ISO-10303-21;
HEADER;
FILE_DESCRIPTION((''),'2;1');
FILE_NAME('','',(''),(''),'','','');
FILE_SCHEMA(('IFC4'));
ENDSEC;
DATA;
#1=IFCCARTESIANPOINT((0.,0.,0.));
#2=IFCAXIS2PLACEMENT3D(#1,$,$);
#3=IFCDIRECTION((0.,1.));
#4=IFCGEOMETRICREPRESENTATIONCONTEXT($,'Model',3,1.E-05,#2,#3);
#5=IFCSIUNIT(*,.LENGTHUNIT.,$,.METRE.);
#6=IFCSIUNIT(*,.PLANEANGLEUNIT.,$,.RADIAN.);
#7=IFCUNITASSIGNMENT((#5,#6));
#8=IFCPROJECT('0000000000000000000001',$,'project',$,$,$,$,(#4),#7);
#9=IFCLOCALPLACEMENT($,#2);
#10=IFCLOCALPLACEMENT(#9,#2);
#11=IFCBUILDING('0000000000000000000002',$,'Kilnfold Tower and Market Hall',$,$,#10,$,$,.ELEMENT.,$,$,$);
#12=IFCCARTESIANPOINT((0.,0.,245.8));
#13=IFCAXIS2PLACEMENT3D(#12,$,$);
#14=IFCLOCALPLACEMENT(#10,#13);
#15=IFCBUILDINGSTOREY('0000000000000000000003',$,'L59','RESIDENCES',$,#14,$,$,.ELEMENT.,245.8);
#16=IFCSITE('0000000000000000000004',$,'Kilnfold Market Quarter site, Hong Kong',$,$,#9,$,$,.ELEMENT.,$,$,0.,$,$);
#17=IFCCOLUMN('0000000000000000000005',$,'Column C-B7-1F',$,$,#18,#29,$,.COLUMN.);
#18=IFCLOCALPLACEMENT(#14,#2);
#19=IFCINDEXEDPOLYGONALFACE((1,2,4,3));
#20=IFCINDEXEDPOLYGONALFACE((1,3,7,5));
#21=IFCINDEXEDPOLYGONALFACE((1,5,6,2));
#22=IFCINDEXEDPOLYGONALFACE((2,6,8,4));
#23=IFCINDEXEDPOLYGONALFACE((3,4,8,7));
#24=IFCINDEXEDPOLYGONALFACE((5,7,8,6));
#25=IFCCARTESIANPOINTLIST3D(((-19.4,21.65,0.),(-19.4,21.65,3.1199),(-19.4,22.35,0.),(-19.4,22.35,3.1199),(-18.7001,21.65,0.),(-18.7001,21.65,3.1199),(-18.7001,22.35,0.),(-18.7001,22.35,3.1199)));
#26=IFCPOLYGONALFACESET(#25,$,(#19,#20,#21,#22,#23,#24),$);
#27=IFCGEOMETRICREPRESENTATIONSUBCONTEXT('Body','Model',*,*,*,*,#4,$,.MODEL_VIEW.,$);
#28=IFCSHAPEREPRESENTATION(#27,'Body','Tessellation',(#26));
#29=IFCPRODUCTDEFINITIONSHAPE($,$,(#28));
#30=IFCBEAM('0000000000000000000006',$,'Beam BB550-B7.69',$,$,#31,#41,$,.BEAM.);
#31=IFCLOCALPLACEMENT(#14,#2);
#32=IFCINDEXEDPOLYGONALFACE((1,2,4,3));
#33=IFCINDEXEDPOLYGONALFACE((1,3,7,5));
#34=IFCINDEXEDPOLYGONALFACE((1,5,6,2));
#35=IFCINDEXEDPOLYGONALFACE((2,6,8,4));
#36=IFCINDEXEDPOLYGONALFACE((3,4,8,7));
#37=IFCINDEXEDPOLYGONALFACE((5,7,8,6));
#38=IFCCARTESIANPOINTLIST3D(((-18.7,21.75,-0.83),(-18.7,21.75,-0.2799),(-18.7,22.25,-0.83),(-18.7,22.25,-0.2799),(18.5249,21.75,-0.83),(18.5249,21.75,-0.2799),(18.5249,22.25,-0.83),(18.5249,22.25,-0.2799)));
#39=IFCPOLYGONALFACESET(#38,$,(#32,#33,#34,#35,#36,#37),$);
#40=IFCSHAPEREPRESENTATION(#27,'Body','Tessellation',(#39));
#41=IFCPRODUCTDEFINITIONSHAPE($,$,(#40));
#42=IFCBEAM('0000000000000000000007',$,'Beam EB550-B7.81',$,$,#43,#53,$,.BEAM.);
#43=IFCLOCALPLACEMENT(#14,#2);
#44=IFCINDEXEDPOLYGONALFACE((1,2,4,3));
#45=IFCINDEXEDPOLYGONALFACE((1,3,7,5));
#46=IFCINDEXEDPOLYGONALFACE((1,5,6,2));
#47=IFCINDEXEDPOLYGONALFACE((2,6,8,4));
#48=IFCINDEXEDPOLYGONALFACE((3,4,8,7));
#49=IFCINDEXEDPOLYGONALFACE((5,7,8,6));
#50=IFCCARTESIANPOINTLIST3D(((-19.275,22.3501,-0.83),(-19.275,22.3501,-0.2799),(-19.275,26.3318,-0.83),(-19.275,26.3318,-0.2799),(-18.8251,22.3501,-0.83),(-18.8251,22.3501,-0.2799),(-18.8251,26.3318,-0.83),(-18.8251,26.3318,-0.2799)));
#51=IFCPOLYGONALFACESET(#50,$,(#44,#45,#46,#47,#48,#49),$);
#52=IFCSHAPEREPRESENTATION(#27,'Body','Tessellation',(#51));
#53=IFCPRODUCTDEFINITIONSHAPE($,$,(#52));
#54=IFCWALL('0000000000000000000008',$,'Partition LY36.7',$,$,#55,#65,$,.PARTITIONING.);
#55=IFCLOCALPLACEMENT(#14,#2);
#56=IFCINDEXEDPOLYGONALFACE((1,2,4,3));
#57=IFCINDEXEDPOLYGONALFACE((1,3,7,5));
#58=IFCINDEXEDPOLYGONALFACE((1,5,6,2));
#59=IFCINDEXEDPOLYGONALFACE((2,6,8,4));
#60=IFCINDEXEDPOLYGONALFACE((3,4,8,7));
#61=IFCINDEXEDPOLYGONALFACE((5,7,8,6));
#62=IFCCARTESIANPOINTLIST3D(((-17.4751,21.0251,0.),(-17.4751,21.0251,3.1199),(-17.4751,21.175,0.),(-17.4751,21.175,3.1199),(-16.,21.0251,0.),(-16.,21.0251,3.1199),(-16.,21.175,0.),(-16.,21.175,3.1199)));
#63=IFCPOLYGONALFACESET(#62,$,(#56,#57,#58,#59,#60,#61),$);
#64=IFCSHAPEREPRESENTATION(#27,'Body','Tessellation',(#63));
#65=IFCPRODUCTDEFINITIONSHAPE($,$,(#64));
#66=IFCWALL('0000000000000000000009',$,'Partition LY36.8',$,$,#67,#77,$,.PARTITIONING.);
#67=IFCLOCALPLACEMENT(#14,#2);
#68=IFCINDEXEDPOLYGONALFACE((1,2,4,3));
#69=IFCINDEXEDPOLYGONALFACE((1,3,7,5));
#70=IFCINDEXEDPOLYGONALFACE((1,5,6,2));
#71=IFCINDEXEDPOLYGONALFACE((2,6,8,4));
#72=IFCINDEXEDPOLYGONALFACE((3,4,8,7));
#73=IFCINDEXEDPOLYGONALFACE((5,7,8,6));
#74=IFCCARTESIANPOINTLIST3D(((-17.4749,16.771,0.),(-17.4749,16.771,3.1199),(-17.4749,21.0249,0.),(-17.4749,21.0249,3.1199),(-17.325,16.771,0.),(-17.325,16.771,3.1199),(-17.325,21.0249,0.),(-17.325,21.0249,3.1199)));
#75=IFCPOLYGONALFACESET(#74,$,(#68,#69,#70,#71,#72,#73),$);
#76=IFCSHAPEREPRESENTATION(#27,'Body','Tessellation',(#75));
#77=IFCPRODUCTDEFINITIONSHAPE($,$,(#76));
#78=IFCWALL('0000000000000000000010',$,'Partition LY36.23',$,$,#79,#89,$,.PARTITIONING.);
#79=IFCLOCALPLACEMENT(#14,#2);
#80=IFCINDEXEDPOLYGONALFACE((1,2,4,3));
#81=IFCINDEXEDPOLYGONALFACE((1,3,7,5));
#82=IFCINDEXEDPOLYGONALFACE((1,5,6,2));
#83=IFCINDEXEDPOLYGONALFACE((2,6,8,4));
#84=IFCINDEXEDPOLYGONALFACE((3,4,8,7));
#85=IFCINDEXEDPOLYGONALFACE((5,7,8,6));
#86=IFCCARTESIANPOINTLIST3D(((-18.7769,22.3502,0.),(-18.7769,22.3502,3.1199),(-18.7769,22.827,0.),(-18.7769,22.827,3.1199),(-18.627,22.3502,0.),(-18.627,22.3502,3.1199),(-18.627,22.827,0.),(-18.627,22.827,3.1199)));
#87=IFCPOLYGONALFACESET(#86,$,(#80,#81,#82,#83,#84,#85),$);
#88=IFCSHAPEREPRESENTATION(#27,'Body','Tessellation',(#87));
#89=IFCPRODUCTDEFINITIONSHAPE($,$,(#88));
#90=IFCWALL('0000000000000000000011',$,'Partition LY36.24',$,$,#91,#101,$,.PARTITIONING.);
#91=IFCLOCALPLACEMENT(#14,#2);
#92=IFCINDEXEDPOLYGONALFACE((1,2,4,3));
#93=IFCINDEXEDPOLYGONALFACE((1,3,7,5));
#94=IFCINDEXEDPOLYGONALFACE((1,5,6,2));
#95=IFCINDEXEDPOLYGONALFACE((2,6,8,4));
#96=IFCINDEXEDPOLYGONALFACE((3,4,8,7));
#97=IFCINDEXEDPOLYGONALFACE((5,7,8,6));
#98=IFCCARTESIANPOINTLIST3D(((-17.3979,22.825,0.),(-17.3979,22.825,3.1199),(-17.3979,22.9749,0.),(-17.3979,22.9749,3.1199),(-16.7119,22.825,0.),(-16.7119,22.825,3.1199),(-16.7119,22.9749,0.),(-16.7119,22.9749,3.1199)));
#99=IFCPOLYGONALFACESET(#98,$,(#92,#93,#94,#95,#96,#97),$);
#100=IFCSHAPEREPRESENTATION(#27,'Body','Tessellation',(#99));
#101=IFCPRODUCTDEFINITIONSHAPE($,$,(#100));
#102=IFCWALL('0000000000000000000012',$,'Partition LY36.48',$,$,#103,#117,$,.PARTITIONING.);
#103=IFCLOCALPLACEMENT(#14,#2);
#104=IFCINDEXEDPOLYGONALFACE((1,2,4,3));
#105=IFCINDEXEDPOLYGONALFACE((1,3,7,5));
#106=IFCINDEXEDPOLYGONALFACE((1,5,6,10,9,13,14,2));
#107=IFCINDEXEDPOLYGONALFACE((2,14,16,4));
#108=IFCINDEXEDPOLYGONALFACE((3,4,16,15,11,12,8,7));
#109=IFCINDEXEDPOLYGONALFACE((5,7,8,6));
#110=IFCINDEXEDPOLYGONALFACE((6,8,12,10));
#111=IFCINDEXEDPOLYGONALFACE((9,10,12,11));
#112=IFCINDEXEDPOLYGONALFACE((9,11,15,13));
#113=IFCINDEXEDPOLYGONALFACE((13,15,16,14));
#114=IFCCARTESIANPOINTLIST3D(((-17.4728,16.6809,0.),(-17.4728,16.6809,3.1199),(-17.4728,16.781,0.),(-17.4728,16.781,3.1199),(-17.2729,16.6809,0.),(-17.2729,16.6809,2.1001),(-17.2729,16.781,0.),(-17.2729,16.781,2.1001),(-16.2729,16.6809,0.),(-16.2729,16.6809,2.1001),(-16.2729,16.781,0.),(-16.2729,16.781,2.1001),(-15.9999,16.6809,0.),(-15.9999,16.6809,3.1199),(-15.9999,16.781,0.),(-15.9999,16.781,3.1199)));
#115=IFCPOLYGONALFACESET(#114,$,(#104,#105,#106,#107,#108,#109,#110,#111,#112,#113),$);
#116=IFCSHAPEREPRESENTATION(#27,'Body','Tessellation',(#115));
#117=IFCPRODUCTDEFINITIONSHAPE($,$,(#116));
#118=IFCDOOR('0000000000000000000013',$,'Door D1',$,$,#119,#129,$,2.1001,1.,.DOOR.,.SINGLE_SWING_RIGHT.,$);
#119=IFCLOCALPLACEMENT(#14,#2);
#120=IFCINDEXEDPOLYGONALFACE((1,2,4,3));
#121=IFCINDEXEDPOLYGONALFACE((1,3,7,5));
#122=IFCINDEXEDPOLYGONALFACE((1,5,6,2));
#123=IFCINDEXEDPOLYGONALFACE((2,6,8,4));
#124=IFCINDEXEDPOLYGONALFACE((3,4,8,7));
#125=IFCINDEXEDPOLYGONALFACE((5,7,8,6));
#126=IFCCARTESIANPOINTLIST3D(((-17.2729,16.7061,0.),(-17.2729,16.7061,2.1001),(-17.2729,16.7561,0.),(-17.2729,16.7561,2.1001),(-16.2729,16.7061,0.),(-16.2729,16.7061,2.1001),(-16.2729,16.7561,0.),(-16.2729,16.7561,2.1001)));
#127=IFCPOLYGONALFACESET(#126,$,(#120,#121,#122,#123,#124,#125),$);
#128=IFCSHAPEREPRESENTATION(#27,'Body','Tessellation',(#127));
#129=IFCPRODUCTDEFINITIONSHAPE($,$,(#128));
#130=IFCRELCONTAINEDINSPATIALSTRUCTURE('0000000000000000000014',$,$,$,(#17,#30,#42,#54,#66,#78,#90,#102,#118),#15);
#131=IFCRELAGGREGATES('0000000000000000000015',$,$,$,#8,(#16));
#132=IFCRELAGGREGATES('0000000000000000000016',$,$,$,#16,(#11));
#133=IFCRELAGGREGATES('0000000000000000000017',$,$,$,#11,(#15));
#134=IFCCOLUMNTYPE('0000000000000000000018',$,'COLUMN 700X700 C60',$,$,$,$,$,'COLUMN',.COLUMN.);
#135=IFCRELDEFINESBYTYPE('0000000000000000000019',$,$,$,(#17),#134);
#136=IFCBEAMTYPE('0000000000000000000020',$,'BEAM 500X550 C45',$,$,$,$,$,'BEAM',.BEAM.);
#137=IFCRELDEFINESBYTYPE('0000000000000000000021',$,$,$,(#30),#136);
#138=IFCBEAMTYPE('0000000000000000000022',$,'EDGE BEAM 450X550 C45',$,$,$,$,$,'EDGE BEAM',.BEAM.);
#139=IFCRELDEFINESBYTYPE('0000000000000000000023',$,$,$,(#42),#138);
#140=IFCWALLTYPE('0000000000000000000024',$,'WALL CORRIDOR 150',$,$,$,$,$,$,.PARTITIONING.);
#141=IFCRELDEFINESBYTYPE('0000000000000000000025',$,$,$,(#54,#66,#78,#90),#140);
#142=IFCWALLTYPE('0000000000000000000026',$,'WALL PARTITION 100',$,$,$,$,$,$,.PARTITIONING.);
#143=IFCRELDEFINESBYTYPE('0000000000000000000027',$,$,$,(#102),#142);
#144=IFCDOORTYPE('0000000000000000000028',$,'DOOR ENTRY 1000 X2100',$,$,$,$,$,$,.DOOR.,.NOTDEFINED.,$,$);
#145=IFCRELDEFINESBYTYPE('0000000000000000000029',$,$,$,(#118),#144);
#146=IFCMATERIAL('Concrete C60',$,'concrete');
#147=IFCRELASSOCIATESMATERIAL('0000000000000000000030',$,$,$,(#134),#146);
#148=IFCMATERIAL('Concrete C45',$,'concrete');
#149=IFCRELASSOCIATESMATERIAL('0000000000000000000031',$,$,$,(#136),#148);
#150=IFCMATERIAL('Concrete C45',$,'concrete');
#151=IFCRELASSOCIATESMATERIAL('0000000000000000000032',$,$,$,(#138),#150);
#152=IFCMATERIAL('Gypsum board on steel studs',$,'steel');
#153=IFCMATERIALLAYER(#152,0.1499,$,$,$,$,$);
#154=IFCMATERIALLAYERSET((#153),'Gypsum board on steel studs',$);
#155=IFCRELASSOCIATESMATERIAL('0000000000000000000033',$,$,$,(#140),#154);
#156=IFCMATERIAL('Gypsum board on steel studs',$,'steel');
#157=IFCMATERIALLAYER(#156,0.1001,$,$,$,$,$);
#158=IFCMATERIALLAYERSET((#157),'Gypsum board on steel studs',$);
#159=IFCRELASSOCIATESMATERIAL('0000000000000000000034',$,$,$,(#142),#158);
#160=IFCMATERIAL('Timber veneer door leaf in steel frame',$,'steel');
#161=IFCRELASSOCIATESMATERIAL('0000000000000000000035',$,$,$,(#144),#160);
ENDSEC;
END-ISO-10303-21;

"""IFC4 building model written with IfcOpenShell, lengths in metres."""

from ifc_helpers import new_model, si_unit, direction, frame, frame_2d, origin, origin_2d, place, context, subcontext, project, spatial, rectangle, extrude, source, transform, mapped, material, layer, layer_set, material_profile, profile_set, type_object, element, fill, save


model = new_model("IFC4")

# Units and contexts
model_context = context("Model", 3, precision=1e-05, world=origin(), true_north=direction((0.0, 1.0)))
body_context = subcontext(model_context, "Body", "Model", "MODEL_VIEW")
ifc_project = project(units=[si_unit("LENGTHUNIT", "METRE"), si_unit("PLANEANGLEUNIT", "RADIAN")], contexts=[model_context])

# Site, building, storey
site_placement = place(None, origin())
site = spatial("IfcSite", under=ifc_project, at=site_placement, Name="Kilnfold Market Quarter site, Hong Kong", CompositionType="ELEMENT", RefElevation=0.0)
building_placement = place(site_placement, origin())
building = spatial("IfcBuilding", under=site, at=building_placement, Name="Kilnfold Tower and Market Hall", CompositionType="ELEMENT")
storey_placement = place(building_placement, frame((0.0, 0.0, 245.8)))
storey = spatial("IfcBuildingStorey", under=building, at=storey_placement, Name="L59", Description="RESIDENCES", CompositionType="ELEMENT", Elevation=245.8)

# Column
ifc_material_1 = material(Name="Concrete C60", Category="concrete")
ifc_material_profile_1 = material_profile(ifc_material_1, rectangle(XDim=0.7, YDim=0.7, at=origin_2d()), Name="RC 700x700")
ifc_profile_set_1 = profile_set([ifc_material_profile_1], Name="Concrete C60")
column_type = type_object("IfcColumnType", Name="COLUMN 700X700 C60", ElementType="COLUMN", PredefinedType="COLUMN", material=ifc_profile_set_1)
shared_shape_1 = source(origin(), body_context, "Body", "SweptSolid", [
    extrude(rectangle(XDim=0.7, YDim=0.7, at=origin_2d()), origin(), (0.0, 0.0, 1.0), 3.1199),
])
column_placement = place(storey_placement, frame((-19.05, 22.0, 0.0), z_axis=(0.0, 0.0, 1.0), x_axis=(1.0, 0.0, 0.0)))
element("IfcColumn", 1, at=column_placement, inside=storey, type_object=column_type, Name="Column C-B7-1F", PredefinedType="COLUMN", context=body_context, shape_type="MappedRepresentation", body=[
    mapped(shared_shape_1, transform((0.0, 0.0, 0.0))),
])

# Beams
ifc_material_2 = material(Name="Concrete C45", Category="concrete")
ifc_material_profile_2 = material_profile(ifc_material_2, rectangle(XDim=0.5, YDim=0.55, at=origin_2d()), Name="RC 500x550")
ifc_profile_set_2 = profile_set([ifc_material_profile_2], Name="Concrete C45")
beam_type_1 = type_object("IfcBeamType", Name="BEAM 500X550 C45", ElementType="BEAM", PredefinedType="BEAM", material=ifc_profile_set_2)
shared_shape_2 = source(origin(), body_context, "Body", "SweptSolid", [
    extrude(rectangle(XDim=0.5, YDim=0.55, at=origin_2d()), origin(), (0.0, 0.0, 1.0), 37.2249),
])
beam_1_placement = place(storey_placement, frame((-18.7, 22.0, -0.5549), z_axis=(1.0, 0.0, 0.0), x_axis=(0.0, 1.0, 0.0)))
element("IfcBeam", 2, at=beam_1_placement, inside=storey, type_object=beam_type_1, Name="Beam BB550-B7.69", PredefinedType="BEAM", context=body_context, shape_type="MappedRepresentation", body=[
    mapped(shared_shape_2, transform((0.0, 0.0, 0.0))),
])
ifc_material_3 = material(Name="Concrete C45", Category="concrete")
ifc_material_profile_3 = material_profile(ifc_material_3, rectangle(XDim=0.45, YDim=0.55, at=origin_2d()), Name="RC 450x550")
ifc_profile_set_3 = profile_set([ifc_material_profile_3], Name="Concrete C45")
beam_type_2 = type_object("IfcBeamType", Name="EDGE BEAM 450X550 C45", ElementType="EDGE BEAM", PredefinedType="BEAM", material=ifc_profile_set_3)
shared_shape_3 = source(origin(), body_context, "Body", "SweptSolid", [
    extrude(rectangle(XDim=0.45, YDim=0.55, at=origin_2d()), origin(), (0.0, 0.0, 1.0), 3.9817),
])
beam_2_placement = place(storey_placement, frame((-19.05, 22.3501, -0.5549), z_axis=(0.0, 1.0, 0.0), x_axis=(-1.0, 0.0, 0.0)))
element("IfcBeam", 3, at=beam_2_placement, inside=storey, type_object=beam_type_2, Name="Beam EB550-B7.81", PredefinedType="BEAM", context=body_context, shape_type="MappedRepresentation", body=[
    mapped(shared_shape_3, transform((0.0, 0.0, 0.0))),
])

# Walls
ifc_material_4 = material(Name="Gypsum board on steel studs", Category="steel")
ifc_layer_1 = layer(ifc_material_4, 0.1499)
ifc_layer_set_1 = layer_set([ifc_layer_1], Name="Gypsum board on steel studs")
wall_type_1 = type_object("IfcWallType", Name="WALL CORRIDOR 150", PredefinedType="PARTITIONING", material=ifc_layer_set_1)
wall_1_placement = place(storey_placement, frame((-17.4751, 21.1001, 0.0), z_axis=(0.0, 0.0, 1.0), x_axis=(1.0, 0.0, 0.0)))
element("IfcWall", 4, at=wall_1_placement, inside=storey, type_object=wall_type_1, Name="Partition LY36.7", PredefinedType="PARTITIONING", context=body_context, shape_type="SweptSolid", body=[
    extrude(rectangle(XDim=1.4751, YDim=0.1499, at=frame_2d((0.7375, 0.0))), origin(), (0.0, 0.0, 1.0), 3.1199),
])
wall_2_placement = place(storey_placement, frame((-17.3999, 16.771, 0.0), z_axis=(0.0, 0.0, 1.0), x_axis=(0.0, 1.0, 0.0)))
element("IfcWall", 5, at=wall_2_placement, inside=storey, type_object=wall_type_1, Name="Partition LY36.8", PredefinedType="PARTITIONING", context=body_context, shape_type="SweptSolid", body=[
    extrude(rectangle(XDim=4.2539, YDim=0.1499, at=frame_2d((2.127, 0.0))), origin(), (0.0, 0.0, 1.0), 3.1199),
])
wall_3_placement = place(storey_placement, frame((-18.7019, 22.8269, 0.0), z_axis=(0.0, 0.0, 1.0), x_axis=(0.0, -1.0, 0.0)))
element("IfcWall", 6, at=wall_3_placement, inside=storey, type_object=wall_type_1, Name="Partition LY36.23", PredefinedType="PARTITIONING", context=body_context, shape_type="SweptSolid", body=[
    extrude(rectangle(XDim=0.4768, YDim=0.1499, at=frame_2d((0.2383, 0.0))), origin(), (0.0, 0.0, 1.0), 3.1199),
])
wall_4_placement = place(storey_placement, frame((-16.7119, 22.8999, 0.0), z_axis=(0.0, 0.0, 1.0), x_axis=(-1.0, 0.0, 0.0)))
element("IfcWall", 7, at=wall_4_placement, inside=storey, type_object=wall_type_1, Name="Partition LY36.24", PredefinedType="PARTITIONING", context=body_context, shape_type="SweptSolid", body=[
    extrude(rectangle(XDim=0.686, YDim=0.1499, at=frame_2d((0.343, 0.0))), origin(), (0.0, 0.0, 1.0), 3.1199),
])

# Wall, opening, door
ifc_material_5 = material(Name="Gypsum board on steel studs", Category="steel")
ifc_layer_2 = layer(ifc_material_5, 0.1001)
ifc_layer_set_2 = layer_set([ifc_layer_2], Name="Gypsum board on steel studs")
wall_type_2 = type_object("IfcWallType", Name="WALL PARTITION 100", PredefinedType="PARTITIONING", material=ifc_layer_set_2)
wall_5_placement = place(storey_placement, frame((-16.0, 16.731, 0.0), z_axis=(0.0, 0.0, 1.0), x_axis=(-1.0, 0.0, 0.0)))
wall_5 = element("IfcWall", 8, at=wall_5_placement, inside=storey, type_object=wall_type_2, Name="Partition LY36.48", PredefinedType="PARTITIONING", context=body_context, shape_type="SweptSolid", body=[
    extrude(rectangle(XDim=1.4729, YDim=0.1001, at=frame_2d((0.7363, 0.0))), origin(), (0.0, 0.0, 1.0), 3.1199),
])
opening_1_placement = place(wall_5_placement, frame((0.2729, 0.0, 0.0)))
opening_1 = element("IfcOpeningElement", 9, at=opening_1_placement, cuts=wall_5, PredefinedType="OPENING", context=body_context, shape_type="SweptSolid", body=[
    extrude(rectangle(XDim=1.0, YDim=2.1001, at=frame_2d((0.5, 1.05))), frame((0.0, 0.0601, 0.0), z_axis=(0.0, -1.0, 0.0), x_axis=(1.0, 0.0, 0.0)), (0.0, 0.0, 1.0), 0.1201),
])
ifc_material_6 = material(Name="Timber veneer door leaf in steel frame", Category="steel")
door_type_1 = type_object("IfcDoorType", Name="DOOR ENTRY 1000 X2100", OperationType="NOTDEFINED", PredefinedType="DOOR", material=ifc_material_6)
door_1_placement = place(opening_1_placement, origin())
door_1 = element("IfcDoor", 10, at=door_1_placement, inside=storey, type_object=door_type_1, Name="Door D1", OperationType="SINGLE_SWING_RIGHT", OverallHeight=2.1001, OverallWidth=1.0, PredefinedType="DOOR", context=body_context, shape_type="SweptSolid", body=[
    extrude(rectangle(XDim=1.0, YDim=2.1001, at=frame_2d((0.5, 1.05))), frame((0.0, 0.0249, 0.0), z_axis=(0.0, -1.0, 0.0), x_axis=(1.0, 0.0, 0.0)), (0.0, 0.0, 1.0), 0.05),
])
fill(opening_1, door_1)

save(model, "model.ifc")
